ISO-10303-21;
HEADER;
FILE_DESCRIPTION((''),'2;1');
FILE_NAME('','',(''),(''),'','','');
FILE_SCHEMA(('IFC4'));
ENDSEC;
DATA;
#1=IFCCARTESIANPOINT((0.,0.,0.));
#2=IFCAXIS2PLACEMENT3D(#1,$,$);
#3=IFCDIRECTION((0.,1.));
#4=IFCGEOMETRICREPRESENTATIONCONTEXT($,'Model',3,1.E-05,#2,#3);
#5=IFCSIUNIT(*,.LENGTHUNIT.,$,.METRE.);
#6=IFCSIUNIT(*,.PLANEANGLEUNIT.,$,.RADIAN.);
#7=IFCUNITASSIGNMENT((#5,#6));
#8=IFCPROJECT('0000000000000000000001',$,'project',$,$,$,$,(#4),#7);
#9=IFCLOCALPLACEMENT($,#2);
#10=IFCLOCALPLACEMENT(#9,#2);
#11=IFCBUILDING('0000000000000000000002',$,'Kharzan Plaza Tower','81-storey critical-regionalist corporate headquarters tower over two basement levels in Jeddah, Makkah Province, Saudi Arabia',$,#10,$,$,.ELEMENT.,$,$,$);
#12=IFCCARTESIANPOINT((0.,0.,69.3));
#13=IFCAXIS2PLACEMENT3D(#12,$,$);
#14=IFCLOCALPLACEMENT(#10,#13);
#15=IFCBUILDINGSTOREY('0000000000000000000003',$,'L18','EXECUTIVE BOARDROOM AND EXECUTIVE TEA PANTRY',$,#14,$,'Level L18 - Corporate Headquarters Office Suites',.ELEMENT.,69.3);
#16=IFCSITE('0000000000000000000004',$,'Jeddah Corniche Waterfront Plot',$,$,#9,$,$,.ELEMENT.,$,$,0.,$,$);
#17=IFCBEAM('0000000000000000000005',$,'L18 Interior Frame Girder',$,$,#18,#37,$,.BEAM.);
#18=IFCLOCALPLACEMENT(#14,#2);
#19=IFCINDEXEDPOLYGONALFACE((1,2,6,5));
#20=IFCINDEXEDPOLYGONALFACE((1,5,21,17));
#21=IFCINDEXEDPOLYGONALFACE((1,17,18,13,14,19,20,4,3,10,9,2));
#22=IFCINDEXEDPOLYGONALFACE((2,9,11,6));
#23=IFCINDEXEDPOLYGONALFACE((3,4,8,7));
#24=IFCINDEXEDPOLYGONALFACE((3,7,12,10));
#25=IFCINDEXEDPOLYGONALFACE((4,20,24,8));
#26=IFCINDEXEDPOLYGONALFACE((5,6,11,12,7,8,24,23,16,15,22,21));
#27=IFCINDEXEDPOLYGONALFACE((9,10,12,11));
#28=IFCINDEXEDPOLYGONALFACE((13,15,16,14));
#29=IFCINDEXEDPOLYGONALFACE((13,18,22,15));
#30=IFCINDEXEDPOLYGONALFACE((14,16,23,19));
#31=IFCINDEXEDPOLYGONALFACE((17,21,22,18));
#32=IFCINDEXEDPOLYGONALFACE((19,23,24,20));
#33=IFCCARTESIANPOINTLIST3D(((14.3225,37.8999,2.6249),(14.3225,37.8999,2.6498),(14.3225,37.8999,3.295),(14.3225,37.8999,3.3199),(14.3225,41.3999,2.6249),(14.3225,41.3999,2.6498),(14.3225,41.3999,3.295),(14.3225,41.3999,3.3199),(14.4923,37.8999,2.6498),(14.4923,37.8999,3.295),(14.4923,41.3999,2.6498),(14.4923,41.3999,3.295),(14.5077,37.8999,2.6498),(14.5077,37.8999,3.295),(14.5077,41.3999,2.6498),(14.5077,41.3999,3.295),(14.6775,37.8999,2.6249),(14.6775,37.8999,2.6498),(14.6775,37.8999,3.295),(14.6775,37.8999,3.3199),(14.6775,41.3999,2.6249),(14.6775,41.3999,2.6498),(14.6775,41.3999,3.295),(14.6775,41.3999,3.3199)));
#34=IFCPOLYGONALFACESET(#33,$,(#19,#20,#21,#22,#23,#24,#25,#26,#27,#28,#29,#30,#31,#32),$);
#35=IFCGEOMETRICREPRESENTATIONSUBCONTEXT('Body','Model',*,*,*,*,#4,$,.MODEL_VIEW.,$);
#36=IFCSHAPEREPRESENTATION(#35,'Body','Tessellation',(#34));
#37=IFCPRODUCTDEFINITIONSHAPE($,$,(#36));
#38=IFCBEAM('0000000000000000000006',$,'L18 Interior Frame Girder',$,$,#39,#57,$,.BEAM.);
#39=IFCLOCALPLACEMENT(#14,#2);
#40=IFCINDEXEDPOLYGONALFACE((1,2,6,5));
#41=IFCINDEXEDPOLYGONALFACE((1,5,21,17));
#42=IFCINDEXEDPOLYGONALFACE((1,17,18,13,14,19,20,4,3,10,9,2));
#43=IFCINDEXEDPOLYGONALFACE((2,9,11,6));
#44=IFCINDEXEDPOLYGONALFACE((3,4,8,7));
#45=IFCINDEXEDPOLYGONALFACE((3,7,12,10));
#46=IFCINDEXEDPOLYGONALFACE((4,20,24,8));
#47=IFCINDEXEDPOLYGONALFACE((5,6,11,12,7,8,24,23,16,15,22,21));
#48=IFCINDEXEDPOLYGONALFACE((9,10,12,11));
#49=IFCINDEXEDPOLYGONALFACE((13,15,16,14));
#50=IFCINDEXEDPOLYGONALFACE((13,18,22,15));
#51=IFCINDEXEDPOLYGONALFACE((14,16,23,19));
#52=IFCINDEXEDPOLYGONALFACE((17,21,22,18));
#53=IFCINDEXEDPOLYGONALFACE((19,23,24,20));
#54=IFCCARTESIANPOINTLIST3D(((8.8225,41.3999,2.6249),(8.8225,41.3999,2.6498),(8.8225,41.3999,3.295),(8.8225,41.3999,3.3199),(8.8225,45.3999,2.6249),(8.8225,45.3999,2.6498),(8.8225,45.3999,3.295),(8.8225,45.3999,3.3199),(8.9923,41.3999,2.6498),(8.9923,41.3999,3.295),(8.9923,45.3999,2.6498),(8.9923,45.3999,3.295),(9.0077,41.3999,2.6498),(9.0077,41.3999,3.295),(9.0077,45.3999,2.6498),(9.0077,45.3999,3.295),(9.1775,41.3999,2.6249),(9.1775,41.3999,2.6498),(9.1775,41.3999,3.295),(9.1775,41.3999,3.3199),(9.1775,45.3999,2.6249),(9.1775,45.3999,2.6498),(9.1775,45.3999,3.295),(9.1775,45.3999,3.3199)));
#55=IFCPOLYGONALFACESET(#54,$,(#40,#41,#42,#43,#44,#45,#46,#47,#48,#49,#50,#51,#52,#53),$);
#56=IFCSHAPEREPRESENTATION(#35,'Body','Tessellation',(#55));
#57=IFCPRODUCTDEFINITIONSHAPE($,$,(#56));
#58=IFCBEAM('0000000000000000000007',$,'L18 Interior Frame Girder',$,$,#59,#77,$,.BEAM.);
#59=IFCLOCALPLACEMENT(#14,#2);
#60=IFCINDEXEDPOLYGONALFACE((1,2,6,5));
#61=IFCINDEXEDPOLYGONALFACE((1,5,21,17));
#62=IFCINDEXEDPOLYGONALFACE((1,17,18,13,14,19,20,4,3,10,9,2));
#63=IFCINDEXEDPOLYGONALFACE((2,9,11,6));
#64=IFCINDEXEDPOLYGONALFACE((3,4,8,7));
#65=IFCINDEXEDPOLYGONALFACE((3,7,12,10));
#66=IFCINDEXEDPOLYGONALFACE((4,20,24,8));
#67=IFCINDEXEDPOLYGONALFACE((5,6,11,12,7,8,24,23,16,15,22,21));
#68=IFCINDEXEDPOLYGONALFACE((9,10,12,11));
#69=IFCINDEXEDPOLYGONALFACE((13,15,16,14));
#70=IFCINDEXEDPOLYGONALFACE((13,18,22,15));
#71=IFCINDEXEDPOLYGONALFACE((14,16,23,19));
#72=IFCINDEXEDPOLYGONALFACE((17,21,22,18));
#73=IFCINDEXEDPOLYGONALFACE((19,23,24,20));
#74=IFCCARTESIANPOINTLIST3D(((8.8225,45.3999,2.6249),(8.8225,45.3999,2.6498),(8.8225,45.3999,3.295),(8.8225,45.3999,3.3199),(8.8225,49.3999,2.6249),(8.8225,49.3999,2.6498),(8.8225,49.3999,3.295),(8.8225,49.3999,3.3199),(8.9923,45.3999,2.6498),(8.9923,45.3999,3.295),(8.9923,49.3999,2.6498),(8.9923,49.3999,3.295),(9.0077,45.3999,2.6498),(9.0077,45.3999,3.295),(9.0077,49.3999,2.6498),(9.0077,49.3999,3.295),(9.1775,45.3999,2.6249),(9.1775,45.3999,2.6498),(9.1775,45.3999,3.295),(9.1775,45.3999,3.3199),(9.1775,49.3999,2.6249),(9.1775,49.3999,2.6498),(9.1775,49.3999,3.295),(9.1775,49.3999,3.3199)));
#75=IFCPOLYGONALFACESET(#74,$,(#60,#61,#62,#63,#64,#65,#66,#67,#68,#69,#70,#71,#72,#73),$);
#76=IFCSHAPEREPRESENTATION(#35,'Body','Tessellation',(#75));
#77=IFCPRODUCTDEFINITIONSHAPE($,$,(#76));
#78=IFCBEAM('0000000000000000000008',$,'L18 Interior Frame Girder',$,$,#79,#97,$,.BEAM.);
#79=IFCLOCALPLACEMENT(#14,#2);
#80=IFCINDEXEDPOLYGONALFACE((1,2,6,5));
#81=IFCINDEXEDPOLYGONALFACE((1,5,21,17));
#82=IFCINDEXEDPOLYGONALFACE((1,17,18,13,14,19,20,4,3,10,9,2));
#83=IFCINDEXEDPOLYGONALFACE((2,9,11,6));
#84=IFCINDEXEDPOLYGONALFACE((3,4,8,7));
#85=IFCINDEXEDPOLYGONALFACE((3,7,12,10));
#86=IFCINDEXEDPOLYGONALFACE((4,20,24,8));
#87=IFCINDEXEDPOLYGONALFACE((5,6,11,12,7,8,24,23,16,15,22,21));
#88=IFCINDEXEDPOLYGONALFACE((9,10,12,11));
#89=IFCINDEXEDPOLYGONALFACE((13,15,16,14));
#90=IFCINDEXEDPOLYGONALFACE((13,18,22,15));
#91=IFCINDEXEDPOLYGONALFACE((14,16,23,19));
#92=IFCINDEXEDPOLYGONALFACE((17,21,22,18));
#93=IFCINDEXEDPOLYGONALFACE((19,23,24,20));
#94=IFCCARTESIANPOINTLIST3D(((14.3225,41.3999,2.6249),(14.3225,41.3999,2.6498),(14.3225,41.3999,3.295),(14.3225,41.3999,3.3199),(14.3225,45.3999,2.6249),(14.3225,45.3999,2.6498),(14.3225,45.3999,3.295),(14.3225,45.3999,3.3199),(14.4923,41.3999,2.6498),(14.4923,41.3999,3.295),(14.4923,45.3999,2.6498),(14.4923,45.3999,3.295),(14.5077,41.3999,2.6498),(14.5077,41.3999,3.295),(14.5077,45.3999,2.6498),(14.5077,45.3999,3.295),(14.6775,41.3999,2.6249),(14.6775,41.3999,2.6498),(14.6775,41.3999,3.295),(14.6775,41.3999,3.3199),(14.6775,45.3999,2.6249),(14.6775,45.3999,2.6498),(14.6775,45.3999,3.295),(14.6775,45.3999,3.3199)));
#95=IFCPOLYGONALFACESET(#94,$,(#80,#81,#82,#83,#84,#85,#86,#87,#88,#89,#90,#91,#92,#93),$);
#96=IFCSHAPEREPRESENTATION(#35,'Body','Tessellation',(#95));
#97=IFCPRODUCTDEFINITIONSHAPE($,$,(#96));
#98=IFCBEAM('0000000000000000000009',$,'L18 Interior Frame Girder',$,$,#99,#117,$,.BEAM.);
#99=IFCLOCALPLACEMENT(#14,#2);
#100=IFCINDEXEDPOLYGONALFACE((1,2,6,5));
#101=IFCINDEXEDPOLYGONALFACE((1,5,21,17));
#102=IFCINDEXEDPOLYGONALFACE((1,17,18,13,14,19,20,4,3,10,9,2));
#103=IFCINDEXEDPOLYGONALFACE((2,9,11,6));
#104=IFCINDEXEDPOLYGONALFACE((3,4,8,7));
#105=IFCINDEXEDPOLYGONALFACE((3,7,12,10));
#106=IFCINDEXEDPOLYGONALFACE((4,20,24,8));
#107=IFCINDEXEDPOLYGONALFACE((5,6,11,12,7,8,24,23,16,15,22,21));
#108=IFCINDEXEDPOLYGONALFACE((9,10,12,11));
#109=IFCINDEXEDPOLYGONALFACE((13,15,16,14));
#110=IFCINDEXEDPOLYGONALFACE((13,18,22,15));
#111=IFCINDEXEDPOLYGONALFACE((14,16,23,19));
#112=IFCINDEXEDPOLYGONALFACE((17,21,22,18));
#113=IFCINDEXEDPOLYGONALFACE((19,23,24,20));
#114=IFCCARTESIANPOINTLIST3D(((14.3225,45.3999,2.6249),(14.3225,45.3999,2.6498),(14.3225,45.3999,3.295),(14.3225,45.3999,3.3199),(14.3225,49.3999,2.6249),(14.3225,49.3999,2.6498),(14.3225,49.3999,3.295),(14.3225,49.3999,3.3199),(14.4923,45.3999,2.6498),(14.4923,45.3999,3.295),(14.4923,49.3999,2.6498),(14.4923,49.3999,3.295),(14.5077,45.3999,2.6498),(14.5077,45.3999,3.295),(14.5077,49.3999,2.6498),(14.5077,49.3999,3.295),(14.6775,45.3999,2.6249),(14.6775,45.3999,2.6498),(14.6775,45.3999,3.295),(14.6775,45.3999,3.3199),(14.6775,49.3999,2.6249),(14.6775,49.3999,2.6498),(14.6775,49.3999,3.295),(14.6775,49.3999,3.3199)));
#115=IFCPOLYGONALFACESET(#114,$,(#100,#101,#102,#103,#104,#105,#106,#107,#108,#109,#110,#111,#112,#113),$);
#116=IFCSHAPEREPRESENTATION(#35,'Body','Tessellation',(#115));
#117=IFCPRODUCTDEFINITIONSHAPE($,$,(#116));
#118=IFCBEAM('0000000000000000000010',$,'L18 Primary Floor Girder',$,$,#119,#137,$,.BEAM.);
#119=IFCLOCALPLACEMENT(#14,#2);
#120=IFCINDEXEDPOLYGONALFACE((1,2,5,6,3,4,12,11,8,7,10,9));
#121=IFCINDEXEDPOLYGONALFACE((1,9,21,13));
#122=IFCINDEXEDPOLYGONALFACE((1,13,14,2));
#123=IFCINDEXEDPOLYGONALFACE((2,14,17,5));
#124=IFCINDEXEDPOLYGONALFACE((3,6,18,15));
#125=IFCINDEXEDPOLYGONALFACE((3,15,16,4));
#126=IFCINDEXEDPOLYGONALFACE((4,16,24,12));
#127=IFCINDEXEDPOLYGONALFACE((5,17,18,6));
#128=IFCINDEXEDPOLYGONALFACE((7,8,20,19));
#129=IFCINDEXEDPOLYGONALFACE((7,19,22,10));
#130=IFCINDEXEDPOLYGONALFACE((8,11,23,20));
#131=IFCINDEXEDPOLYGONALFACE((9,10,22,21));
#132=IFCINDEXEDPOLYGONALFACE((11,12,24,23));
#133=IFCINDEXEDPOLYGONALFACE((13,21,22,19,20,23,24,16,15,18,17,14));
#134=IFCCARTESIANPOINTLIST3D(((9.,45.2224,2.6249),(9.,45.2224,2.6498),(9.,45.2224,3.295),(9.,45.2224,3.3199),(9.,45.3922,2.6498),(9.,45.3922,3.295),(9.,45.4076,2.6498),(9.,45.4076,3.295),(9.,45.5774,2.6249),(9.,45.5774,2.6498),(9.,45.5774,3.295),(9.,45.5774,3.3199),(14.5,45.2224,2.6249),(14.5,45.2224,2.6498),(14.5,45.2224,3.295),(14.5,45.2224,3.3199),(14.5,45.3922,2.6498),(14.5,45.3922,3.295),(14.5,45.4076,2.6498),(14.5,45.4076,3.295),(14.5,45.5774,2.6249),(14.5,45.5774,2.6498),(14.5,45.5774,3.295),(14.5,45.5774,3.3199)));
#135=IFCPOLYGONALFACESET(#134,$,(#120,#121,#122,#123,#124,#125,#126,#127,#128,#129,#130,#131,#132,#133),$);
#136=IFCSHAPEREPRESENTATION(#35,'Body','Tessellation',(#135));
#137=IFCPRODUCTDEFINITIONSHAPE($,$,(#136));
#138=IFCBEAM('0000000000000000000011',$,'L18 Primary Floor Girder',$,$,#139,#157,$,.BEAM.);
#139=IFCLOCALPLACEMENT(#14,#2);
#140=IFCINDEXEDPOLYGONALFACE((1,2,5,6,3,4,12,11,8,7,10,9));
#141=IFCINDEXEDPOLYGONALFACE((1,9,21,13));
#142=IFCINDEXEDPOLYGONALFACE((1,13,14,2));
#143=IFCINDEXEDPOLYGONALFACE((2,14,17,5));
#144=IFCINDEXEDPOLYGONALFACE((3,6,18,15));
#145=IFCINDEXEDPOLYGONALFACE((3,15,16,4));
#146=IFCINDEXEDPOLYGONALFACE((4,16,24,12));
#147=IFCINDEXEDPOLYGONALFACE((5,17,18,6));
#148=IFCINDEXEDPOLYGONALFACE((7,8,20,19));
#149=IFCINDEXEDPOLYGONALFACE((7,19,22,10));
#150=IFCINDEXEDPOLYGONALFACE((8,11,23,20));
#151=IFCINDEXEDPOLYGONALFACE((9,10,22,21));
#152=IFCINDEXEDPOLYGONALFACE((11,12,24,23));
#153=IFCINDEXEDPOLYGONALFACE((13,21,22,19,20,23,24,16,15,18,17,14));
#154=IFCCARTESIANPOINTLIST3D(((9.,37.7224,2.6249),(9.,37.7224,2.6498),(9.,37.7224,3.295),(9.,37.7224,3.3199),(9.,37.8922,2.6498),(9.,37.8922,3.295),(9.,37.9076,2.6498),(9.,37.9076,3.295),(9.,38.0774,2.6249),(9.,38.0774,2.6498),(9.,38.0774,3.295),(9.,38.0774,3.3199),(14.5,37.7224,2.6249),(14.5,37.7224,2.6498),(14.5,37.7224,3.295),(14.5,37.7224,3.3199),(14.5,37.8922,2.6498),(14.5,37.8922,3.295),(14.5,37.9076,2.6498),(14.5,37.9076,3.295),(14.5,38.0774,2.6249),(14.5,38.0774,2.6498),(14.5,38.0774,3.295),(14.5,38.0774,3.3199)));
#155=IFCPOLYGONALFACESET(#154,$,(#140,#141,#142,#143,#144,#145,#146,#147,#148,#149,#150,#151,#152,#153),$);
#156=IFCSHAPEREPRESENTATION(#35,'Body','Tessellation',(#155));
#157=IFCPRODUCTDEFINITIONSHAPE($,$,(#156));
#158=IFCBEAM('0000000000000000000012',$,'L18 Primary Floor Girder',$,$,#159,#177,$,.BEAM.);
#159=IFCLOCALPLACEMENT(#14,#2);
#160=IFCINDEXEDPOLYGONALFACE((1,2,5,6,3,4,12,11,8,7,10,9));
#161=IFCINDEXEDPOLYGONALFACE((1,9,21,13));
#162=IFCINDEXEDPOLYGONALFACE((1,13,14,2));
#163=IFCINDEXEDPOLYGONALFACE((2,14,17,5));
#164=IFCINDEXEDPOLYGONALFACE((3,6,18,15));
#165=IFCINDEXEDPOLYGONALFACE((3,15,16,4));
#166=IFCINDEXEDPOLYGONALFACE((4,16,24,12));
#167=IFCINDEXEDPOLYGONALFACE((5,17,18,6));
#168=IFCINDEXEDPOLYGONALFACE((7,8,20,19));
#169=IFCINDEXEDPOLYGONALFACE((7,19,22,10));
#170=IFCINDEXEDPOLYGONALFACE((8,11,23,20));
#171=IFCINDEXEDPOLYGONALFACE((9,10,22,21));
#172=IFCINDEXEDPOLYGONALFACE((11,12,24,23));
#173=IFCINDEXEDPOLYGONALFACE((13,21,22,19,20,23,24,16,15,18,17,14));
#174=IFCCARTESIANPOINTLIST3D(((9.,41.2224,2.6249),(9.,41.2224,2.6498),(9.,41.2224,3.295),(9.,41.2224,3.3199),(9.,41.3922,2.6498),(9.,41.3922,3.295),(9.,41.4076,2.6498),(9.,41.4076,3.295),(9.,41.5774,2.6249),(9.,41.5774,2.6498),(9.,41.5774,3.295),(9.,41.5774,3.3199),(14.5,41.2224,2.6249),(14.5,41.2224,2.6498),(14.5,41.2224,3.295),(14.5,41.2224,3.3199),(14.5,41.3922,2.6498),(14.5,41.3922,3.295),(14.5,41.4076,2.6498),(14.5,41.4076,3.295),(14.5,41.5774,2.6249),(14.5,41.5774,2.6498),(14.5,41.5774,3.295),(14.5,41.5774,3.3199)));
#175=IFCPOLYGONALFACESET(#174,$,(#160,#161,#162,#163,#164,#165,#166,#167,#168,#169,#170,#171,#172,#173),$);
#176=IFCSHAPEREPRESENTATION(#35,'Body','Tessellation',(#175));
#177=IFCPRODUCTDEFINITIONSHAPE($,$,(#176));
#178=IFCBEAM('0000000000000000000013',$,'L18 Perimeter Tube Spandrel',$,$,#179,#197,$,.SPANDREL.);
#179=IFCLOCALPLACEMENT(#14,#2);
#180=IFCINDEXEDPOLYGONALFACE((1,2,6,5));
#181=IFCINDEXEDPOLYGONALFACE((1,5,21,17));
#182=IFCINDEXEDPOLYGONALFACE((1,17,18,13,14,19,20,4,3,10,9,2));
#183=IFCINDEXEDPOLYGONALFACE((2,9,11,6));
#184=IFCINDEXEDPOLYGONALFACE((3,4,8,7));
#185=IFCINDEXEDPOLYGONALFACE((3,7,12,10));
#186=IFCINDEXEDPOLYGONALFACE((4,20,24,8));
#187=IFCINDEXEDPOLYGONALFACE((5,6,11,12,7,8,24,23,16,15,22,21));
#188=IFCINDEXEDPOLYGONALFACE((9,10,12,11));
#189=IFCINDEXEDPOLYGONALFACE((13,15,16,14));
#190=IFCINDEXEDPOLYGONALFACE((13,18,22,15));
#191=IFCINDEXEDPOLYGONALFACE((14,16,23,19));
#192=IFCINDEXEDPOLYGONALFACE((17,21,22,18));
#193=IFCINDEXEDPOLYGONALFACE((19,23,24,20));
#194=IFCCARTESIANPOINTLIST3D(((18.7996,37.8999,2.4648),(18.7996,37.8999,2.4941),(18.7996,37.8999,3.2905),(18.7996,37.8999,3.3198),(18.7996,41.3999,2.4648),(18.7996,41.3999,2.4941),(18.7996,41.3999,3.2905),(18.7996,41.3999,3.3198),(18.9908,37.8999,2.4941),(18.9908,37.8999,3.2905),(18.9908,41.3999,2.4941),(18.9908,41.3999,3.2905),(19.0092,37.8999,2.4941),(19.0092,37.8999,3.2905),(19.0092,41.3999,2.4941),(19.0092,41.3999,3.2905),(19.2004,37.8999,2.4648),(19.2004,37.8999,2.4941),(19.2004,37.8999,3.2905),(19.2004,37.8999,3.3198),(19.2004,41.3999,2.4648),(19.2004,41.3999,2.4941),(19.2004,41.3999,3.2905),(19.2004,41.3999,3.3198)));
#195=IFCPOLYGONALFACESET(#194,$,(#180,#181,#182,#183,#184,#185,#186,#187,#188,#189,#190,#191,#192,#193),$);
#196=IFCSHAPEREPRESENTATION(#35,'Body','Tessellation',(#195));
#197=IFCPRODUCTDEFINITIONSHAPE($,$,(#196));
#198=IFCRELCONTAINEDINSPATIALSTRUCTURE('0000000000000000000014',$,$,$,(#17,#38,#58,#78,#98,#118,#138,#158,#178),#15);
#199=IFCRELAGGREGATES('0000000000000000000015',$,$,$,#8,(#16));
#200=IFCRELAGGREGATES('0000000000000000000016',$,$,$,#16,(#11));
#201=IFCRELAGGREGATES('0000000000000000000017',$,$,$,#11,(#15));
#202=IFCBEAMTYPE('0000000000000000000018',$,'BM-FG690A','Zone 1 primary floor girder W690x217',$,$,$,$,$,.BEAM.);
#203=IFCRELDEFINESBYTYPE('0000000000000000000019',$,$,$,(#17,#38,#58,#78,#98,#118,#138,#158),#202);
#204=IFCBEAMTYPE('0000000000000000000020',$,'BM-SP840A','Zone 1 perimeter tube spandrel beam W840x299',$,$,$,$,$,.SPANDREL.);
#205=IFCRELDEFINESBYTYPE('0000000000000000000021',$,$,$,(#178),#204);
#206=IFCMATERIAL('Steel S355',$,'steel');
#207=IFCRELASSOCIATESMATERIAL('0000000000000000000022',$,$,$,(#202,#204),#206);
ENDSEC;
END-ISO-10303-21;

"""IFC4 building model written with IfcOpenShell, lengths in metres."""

from ifc_helpers import new_model, si_unit, direction, frame, origin, origin_2d, place, context, subcontext, project, spatial, i_section, extrude, source, transform, mapped, material, material_profile, profile_set, type_object, element, save


model = new_model("IFC4")

# Units and contexts
model_context = context("Model", 3, precision=1e-05, world=origin(), true_north=direction((0.0, 1.0)))
body_context = subcontext(model_context, "Body", "Model", "MODEL_VIEW")
ifc_project = project(units=[si_unit("LENGTHUNIT", "METRE"), si_unit("PLANEANGLEUNIT", "RADIAN")], contexts=[model_context])

# Site, building, storey
site_placement = place(None, origin())
site = spatial("IfcSite", under=ifc_project, at=site_placement, Name="Jeddah Corniche Waterfront Plot", CompositionType="ELEMENT", RefElevation=0.0)
building_placement = place(site_placement, origin())
building = spatial("IfcBuilding", under=site, at=building_placement, Name="Kharzan Plaza Tower", Description="81-storey critical-regionalist corporate headquarters tower over two basement levels in Jeddah, Makkah Province, Saudi Arabia", CompositionType="ELEMENT")
storey_placement = place(building_placement, frame((0.0, 0.0, 69.3)))
storey = spatial("IfcBuildingStorey", under=building, at=storey_placement, Name="L18", Description="EXECUTIVE BOARDROOM AND EXECUTIVE TEA PANTRY", LongName="Level L18 - Corporate Headquarters Office Suites", CompositionType="ELEMENT", Elevation=69.3)

# Beams
ifc_material_1 = material(Name="Steel S355", Category="steel")
ifc_material_profile_1 = material_profile(ifc_material_1, i_section(OverallWidth=0.355, OverallDepth=0.6951, WebThickness=0.0154, FlangeThickness=0.0249, at=origin_2d()), Name="W690x217")
ifc_profile_set_1 = profile_set([ifc_material_profile_1], Name="Steel S355")
beam_type_1 = type_object("IfcBeamType", Name="BM-FG690A", Description="Zone 1 primary floor girder W690x217", PredefinedType="BEAM", material=ifc_profile_set_1)
shared_shape_1 = source(origin(), body_context, "Body", "SweptSolid", [
    extrude(i_section(OverallWidth=0.355, OverallDepth=0.6951, WebThickness=0.0154, FlangeThickness=0.0249, at=origin_2d()), origin(), (0.0, 0.0, 1.0), 3.5),
])
for number, where, z_axis, x_axis, name in (
    (1, (14.5, 37.8999, 2.9724), (0.0, 1.0, 0.0), (-1.0, 0.0, 0.0), "L18 Interior Frame Girder"),
):
    element("IfcBeam", number, at=place(storey_placement, frame(where, z_axis=z_axis, x_axis=x_axis)), inside=storey, type_object=beam_type_1, Name=name, PredefinedType="BEAM", context=body_context, shape_type="MappedRepresentation", body=[
        mapped(shared_shape_1, transform((0.0, 0.0, 0.0), x_axis=(1.0, 0.0, 0.0), y_axis=(0.0, 1.0, 0.0), z_axis=(0.0, 0.0, 1.0))),
    ])
shared_shape_2 = source(origin(), body_context, "Body", "SweptSolid", [
    extrude(i_section(OverallWidth=0.355, OverallDepth=0.6951, WebThickness=0.0154, FlangeThickness=0.0249, at=origin_2d()), origin(), (0.0, 0.0, 1.0), 4.0),
])
for number, where, z_axis, x_axis, name in (
    (2, (9.0, 41.3999, 2.9724), (0.0, 1.0, 0.0), (-1.0, 0.0, 0.0), "L18 Interior Frame Girder"),
    (3, (9.0, 45.3999, 2.9724), (0.0, 1.0, 0.0), (-1.0, 0.0, 0.0), "L18 Interior Frame Girder"),
    (4, (14.5, 41.3999, 2.9724), (0.0, 1.0, 0.0), (-1.0, 0.0, 0.0), "L18 Interior Frame Girder"),
    (5, (14.5, 45.3999, 2.9724), (0.0, 1.0, 0.0), (-1.0, 0.0, 0.0), "L18 Interior Frame Girder"),
):
    element("IfcBeam", number, at=place(storey_placement, frame(where, z_axis=z_axis, x_axis=x_axis)), inside=storey, type_object=beam_type_1, Name=name, PredefinedType="BEAM", context=body_context, shape_type="MappedRepresentation", body=[
        mapped(shared_shape_2, transform((0.0, 0.0, 0.0), x_axis=(1.0, 0.0, 0.0), y_axis=(0.0, 1.0, 0.0), z_axis=(0.0, 0.0, 1.0))),
    ])
shared_shape_3 = source(origin(), body_context, "Body", "SweptSolid", [
    extrude(i_section(OverallWidth=0.355, OverallDepth=0.6951, WebThickness=0.0154, FlangeThickness=0.0249, at=origin_2d()), origin(), (0.0, 0.0, 1.0), 5.5),
])
for number, where, z_axis, x_axis, name in (
    (6, (9.0, 45.3999, 2.9724), (1.0, 0.0, 0.0), (0.0, 1.0, 0.0), "L18 Primary Floor Girder"),
    (7, (9.0, 37.8999, 2.9724), (1.0, 0.0, 0.0), (0.0, 1.0, 0.0), "L18 Primary Floor Girder"),
    (8, (9.0, 41.3999, 2.9724), (1.0, 0.0, 0.0), (0.0, 1.0, 0.0), "L18 Primary Floor Girder"),
):
    element("IfcBeam", number, at=place(storey_placement, frame(where, z_axis=z_axis, x_axis=x_axis)), inside=storey, type_object=beam_type_1, Name=name, PredefinedType="BEAM", context=body_context, shape_type="MappedRepresentation", body=[
        mapped(shared_shape_3, transform((0.0, 0.0, 0.0), x_axis=(1.0, 0.0, 0.0), y_axis=(0.0, 1.0, 0.0), z_axis=(0.0, 0.0, 1.0))),
    ])
ifc_material_profile_2 = material_profile(ifc_material_1, i_section(OverallWidth=0.4009, OverallDepth=0.855, WebThickness=0.0183, FlangeThickness=0.0293, at=origin_2d()), Name="W840x299")
ifc_profile_set_2 = profile_set([ifc_material_profile_2], Name="Steel S355")
beam_type_2 = type_object("IfcBeamType", Name="BM-SP840A", Description="Zone 1 perimeter tube spandrel beam W840x299", PredefinedType="SPANDREL", material=ifc_profile_set_2)
shared_shape_4 = source(origin(), body_context, "Body", "SweptSolid", [
    extrude(i_section(OverallWidth=0.4009, OverallDepth=0.855, WebThickness=0.0183, FlangeThickness=0.0293, at=origin_2d()), origin(), (0.0, 0.0, 1.0), 3.5),
])
beam_placement = place(storey_placement, frame((19.0, 37.8999, 2.8923), z_axis=(0.0, 1.0, 0.0), x_axis=(-1.0, 0.0, 0.0)))
element("IfcBeam", 9, at=beam_placement, inside=storey, type_object=beam_type_2, Name="L18 Perimeter Tube Spandrel", PredefinedType="SPANDREL", context=body_context, shape_type="MappedRepresentation", body=[
    mapped(shared_shape_4, transform((0.0, 0.0, 0.0), x_axis=(1.0, 0.0, 0.0), y_axis=(0.0, 1.0, 0.0), z_axis=(0.0, 0.0, 1.0))),
])

save(model, "model.ifc")
